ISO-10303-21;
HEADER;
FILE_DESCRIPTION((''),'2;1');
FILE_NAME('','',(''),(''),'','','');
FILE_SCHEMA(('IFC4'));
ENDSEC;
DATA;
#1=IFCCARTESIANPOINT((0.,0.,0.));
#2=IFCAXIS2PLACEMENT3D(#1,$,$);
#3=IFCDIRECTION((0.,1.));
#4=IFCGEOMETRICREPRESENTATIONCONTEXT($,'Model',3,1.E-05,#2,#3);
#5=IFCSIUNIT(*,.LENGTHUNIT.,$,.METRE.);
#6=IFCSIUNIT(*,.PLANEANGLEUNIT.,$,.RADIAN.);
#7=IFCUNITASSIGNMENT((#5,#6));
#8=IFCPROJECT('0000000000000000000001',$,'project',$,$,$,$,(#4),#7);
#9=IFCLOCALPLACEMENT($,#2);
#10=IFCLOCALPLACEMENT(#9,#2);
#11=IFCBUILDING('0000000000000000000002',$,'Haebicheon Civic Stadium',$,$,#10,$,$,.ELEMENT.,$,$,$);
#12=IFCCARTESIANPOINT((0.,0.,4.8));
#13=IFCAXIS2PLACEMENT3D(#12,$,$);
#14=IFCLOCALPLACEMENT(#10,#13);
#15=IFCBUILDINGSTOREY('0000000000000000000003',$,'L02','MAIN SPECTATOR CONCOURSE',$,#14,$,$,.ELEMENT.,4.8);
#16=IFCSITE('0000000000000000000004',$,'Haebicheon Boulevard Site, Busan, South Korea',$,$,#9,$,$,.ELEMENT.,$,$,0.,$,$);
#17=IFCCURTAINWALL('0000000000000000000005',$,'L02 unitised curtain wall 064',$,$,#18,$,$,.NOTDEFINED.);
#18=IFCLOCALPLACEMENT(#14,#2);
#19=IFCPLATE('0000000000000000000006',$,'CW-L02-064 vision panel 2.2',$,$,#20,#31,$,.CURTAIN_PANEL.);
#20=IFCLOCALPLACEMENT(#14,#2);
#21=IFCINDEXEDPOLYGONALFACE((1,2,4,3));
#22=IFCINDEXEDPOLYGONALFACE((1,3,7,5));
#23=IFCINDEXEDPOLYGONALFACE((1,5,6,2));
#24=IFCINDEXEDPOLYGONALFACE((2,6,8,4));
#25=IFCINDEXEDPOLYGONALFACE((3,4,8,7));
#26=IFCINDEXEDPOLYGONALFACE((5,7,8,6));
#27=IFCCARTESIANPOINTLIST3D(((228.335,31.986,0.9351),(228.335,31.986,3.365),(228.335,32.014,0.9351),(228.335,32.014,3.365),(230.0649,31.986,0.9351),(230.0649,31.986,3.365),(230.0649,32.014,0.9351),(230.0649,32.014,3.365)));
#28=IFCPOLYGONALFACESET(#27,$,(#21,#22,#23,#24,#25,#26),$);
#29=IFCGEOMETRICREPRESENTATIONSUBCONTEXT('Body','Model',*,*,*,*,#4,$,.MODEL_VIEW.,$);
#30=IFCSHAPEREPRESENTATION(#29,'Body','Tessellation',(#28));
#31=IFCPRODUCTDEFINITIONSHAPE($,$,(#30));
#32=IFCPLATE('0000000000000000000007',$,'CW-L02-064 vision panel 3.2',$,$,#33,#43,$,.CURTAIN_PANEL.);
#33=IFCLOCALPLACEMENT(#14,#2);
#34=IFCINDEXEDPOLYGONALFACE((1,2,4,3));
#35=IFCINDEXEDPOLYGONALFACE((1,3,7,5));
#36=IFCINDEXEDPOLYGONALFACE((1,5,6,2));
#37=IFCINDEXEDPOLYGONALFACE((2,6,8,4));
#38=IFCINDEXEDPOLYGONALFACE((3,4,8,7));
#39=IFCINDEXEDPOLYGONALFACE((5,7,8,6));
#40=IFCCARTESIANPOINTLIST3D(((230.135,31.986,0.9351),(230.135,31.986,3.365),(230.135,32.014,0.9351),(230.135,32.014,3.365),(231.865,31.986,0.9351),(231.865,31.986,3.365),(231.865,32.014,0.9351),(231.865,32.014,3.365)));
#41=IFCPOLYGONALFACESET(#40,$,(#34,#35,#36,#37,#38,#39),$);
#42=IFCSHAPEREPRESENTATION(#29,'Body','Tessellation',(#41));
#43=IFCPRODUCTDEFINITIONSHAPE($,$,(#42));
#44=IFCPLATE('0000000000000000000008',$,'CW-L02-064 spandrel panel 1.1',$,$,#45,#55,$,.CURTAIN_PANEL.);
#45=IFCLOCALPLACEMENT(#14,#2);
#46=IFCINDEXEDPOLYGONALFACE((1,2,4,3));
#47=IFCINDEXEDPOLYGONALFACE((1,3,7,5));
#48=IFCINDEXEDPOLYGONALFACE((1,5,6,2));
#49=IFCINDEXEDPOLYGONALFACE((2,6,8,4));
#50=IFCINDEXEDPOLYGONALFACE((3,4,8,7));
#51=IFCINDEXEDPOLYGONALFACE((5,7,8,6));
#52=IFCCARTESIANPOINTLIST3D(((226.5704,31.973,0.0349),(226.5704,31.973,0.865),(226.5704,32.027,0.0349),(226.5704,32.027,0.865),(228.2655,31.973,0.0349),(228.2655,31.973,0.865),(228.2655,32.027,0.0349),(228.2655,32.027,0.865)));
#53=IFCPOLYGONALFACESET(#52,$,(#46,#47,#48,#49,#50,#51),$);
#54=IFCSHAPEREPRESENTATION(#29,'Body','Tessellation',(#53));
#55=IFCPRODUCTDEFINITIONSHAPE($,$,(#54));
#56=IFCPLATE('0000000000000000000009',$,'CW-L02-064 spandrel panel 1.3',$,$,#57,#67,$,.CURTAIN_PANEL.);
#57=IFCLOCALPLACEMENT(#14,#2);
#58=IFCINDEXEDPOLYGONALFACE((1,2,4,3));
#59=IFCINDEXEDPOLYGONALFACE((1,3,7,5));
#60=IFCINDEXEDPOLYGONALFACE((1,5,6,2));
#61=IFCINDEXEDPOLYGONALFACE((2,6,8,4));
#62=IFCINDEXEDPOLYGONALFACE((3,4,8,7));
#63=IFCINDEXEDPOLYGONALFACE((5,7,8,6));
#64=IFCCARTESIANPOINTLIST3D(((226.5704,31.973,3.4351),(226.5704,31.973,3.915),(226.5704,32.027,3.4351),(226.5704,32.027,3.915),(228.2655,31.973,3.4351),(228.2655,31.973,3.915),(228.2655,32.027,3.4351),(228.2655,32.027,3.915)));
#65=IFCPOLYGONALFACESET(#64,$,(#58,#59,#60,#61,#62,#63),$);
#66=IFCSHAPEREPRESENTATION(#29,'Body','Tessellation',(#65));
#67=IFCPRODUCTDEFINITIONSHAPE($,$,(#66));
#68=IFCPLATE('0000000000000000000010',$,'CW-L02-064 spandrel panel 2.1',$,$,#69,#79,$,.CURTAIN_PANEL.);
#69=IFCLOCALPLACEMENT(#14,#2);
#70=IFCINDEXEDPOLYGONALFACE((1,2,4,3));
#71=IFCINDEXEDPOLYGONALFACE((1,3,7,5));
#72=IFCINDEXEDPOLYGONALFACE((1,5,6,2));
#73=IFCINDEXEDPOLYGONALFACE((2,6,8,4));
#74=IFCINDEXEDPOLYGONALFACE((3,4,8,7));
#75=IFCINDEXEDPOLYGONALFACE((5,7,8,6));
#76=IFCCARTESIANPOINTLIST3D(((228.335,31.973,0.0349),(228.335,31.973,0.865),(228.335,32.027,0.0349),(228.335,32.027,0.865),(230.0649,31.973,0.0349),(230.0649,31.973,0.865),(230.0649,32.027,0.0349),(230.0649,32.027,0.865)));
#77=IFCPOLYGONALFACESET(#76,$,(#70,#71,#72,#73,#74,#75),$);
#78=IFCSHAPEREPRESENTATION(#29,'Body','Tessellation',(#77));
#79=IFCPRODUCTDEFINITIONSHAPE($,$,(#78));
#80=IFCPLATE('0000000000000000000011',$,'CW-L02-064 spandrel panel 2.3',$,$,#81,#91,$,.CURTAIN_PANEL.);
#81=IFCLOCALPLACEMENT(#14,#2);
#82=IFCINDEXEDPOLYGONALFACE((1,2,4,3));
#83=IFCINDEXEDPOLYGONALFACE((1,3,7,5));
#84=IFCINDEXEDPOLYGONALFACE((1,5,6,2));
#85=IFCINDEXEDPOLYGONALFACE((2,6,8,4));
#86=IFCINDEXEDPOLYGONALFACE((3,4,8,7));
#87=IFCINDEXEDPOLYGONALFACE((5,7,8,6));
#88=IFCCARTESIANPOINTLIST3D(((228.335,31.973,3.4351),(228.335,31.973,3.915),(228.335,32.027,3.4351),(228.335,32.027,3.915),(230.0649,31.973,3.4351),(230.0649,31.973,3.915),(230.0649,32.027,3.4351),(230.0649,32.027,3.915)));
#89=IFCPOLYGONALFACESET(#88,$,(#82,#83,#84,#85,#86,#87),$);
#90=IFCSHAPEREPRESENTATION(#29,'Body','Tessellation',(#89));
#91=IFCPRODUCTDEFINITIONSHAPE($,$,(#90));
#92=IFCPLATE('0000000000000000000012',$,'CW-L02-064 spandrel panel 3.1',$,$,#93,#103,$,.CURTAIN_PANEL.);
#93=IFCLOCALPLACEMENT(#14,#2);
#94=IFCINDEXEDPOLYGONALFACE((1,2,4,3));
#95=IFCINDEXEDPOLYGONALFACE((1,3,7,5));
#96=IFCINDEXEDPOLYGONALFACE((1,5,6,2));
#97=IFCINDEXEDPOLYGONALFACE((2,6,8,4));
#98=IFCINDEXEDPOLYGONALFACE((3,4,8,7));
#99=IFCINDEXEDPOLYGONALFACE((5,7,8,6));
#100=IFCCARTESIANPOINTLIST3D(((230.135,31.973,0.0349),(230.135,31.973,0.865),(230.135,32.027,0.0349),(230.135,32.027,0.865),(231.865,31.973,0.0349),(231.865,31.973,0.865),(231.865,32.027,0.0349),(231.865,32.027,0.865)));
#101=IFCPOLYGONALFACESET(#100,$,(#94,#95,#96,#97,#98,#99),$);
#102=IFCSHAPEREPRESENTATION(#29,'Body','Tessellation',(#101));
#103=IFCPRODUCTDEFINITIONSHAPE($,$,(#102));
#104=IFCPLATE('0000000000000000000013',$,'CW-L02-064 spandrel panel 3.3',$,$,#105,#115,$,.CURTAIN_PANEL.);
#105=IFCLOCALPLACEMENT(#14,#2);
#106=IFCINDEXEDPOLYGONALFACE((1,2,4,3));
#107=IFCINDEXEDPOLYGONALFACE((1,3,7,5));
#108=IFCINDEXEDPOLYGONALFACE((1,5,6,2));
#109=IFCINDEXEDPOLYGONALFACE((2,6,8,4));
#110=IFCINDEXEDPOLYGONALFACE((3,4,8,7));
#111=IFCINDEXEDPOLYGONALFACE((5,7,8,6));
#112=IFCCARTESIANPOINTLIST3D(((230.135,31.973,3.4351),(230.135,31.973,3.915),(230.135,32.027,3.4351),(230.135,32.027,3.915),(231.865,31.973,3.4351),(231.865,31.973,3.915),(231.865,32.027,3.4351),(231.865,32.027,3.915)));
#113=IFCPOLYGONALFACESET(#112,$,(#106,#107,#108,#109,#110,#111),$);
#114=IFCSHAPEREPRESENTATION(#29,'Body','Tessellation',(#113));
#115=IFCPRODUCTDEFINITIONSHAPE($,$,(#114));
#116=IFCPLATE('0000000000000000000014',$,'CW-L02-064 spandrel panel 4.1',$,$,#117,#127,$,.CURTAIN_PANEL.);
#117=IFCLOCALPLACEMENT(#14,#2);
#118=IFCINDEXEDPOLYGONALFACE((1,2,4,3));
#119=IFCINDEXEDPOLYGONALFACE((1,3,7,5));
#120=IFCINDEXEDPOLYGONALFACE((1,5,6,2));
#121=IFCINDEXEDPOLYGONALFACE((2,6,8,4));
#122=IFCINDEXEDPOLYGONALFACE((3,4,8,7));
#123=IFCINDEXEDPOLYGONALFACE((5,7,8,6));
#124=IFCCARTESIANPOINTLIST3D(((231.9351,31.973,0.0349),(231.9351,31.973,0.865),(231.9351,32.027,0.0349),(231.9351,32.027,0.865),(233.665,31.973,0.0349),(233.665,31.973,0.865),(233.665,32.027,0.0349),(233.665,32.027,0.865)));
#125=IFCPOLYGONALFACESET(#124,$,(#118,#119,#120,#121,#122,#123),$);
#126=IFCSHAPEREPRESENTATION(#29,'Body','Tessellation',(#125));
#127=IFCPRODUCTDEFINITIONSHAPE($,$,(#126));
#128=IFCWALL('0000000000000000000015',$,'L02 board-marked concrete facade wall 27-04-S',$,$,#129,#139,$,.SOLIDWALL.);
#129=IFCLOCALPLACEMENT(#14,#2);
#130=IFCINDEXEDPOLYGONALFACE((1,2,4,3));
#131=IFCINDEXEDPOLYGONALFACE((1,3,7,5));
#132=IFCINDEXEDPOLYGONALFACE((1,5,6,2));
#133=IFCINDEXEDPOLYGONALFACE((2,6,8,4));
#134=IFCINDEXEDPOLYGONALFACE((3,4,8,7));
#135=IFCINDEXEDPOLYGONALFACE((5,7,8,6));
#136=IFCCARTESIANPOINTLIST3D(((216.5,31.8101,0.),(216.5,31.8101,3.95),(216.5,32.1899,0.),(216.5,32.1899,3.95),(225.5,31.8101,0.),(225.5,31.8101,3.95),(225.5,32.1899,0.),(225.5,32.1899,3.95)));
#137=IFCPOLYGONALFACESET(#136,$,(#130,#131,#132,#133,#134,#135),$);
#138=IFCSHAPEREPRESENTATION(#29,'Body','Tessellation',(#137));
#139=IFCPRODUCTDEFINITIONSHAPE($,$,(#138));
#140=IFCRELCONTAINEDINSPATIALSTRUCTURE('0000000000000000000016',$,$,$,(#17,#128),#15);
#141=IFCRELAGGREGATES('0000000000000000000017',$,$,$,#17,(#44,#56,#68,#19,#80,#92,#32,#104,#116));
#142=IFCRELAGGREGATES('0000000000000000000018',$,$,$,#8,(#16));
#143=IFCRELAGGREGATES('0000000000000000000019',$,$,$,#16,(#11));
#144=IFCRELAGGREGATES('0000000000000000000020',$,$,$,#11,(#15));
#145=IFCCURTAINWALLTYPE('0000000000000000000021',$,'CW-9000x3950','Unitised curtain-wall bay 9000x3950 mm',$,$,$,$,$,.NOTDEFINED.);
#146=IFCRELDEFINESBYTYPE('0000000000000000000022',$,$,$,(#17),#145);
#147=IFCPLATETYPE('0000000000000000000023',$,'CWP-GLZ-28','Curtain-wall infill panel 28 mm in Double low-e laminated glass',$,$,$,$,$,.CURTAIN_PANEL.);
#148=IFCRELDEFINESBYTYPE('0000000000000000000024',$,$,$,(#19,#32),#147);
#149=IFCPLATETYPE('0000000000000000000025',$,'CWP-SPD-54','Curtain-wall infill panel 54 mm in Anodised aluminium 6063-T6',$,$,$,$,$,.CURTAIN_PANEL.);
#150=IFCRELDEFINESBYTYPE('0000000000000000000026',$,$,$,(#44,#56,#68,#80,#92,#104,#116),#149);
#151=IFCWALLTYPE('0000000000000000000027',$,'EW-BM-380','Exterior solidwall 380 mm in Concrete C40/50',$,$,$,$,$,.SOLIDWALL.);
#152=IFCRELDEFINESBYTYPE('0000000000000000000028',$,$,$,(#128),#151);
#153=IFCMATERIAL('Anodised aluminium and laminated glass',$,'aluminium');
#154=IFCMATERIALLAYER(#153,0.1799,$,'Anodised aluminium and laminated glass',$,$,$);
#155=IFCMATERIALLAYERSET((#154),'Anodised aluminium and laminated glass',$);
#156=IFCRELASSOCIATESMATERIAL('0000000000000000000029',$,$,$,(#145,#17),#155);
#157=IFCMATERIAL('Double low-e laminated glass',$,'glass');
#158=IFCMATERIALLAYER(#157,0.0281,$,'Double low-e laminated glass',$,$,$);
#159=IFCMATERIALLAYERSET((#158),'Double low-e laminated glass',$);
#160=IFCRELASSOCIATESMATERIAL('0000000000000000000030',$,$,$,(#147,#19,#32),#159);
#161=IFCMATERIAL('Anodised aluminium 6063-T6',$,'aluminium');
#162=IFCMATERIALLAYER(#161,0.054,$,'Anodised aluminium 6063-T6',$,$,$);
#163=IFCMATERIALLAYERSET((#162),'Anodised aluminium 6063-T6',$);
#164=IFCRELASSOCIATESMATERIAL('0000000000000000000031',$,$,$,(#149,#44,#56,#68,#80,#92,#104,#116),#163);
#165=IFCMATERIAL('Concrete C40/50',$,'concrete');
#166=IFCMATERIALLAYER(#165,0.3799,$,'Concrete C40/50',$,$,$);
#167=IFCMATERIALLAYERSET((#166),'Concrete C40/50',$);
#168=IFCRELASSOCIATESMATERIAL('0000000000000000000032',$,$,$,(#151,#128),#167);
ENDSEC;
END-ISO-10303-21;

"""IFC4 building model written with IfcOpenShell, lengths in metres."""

from ifc_helpers import new_model, si_unit, direction, frame, frame_2d, origin, origin_2d, place, context, subcontext, project, spatial, rectangle, extrude, material, layer, layer_set, type_object, element, aggregate, save


model = new_model("IFC4")

# Units and contexts
model_context = context("Model", 3, precision=1e-05, world=origin(), true_north=direction((0.0, 1.0)))
body_context = subcontext(model_context, "Body", "Model", "MODEL_VIEW")
ifc_project = project(units=[si_unit("LENGTHUNIT", "METRE"), si_unit("PLANEANGLEUNIT", "RADIAN")], contexts=[model_context])

# Site, building, storey
site_placement = place(None, origin())
site = spatial("IfcSite", under=ifc_project, at=site_placement, Name="Haebicheon Boulevard Site, Busan, South Korea", CompositionType="ELEMENT", RefElevation=0.0)
building_placement = place(site_placement, origin())
building = spatial("IfcBuilding", under=site, at=building_placement, Name="Haebicheon Civic Stadium", CompositionType="ELEMENT")
storey_placement = place(building_placement, frame((0.0, 0.0, 4.8)))
storey = spatial("IfcBuildingStorey", under=building, at=storey_placement, Name="L02", Description="MAIN SPECTATOR CONCOURSE", CompositionType="ELEMENT", Elevation=4.8)

# Curtain wall
ifc_material_1 = material(Name="Anodised aluminium and laminated glass", Category="aluminium")
ifc_layer_1 = layer(ifc_material_1, 0.1799, Name="Anodised aluminium and laminated glass")
ifc_layer_set_1 = layer_set([ifc_layer_1], Name="Anodised aluminium and laminated glass")
curtain_wall_type = type_object("IfcCurtainWallType", Name="CW-9000x3950", Description="Unitised curtain-wall bay 9000x3950 mm", PredefinedType="NOTDEFINED", material=ifc_layer_set_1)
curtain_wall_placement = place(storey_placement, origin())
curtain_wall = element("IfcCurtainWall", 1, at=curtain_wall_placement, inside=storey, type_object=curtain_wall_type, material=ifc_layer_set_1, Name="L02 unitised curtain wall 064", PredefinedType="NOTDEFINED")

# Plates
ifc_material_2 = material(Name="Double low-e laminated glass", Category="glass")
ifc_layer_2 = layer(ifc_material_2, 0.0281, Name="Double low-e laminated glass")
ifc_layer_set_2 = layer_set([ifc_layer_2], Name="Double low-e laminated glass")
plate_type_1 = type_object("IfcPlateType", Name="CWP-GLZ-28", Description="Curtain-wall infill panel 28 mm in Double low-e laminated glass", PredefinedType="CURTAIN_PANEL", material=ifc_layer_set_2)
plate_1_placement = place(storey_placement, frame((229.2, 32.0, 0.9351), z_axis=(0.0, 0.0, 1.0), x_axis=(1.0, 0.0, 0.0)))
plate_1 = element("IfcPlate", 2, at=plate_1_placement, type_object=plate_type_1, material=ifc_layer_set_2, Name="CW-L02-064 vision panel 2.2", PredefinedType="CURTAIN_PANEL", context=body_context, shape_type="SweptSolid", body=[
    extrude(rectangle(XDim=1.73, YDim=0.0281, at=origin_2d()), origin(), (0.0, 0.0, 1.0), 2.4299),
])
plate_2_placement = place(storey_placement, frame((231.0, 32.0, 0.9351), z_axis=(0.0, 0.0, 1.0), x_axis=(1.0, 0.0, 0.0)))
plate_2 = element("IfcPlate", 3, at=plate_2_placement, type_object=plate_type_1, material=ifc_layer_set_2, Name="CW-L02-064 vision panel 3.2", PredefinedType="CURTAIN_PANEL", context=body_context, shape_type="SweptSolid", body=[
    extrude(rectangle(XDim=1.73, YDim=0.0281, at=origin_2d()), origin(), (0.0, 0.0, 1.0), 2.4299),
])
ifc_material_3 = material(Name="Anodised aluminium 6063-T6", Category="aluminium")
ifc_layer_3 = layer(ifc_material_3, 0.054, Name="Anodised aluminium 6063-T6")
ifc_layer_set_3 = layer_set([ifc_layer_3], Name="Anodised aluminium 6063-T6")
plate_type_2 = type_object("IfcPlateType", Name="CWP-SPD-54", Description="Curtain-wall infill panel 54 mm in Anodised aluminium 6063-T6", PredefinedType="CURTAIN_PANEL", material=ifc_layer_set_3)
plate_3_placement = place(storey_placement, frame((227.418, 32.0, 0.0349), z_axis=(0.0, 0.0, 1.0), x_axis=(1.0, 0.0, 0.0)))
plate_3 = element("IfcPlate", 4, at=plate_3_placement, type_object=plate_type_2, material=ifc_layer_set_3, Name="CW-L02-064 spandrel panel 1.1", PredefinedType="CURTAIN_PANEL", context=body_context, shape_type="SweptSolid", body=[
    extrude(rectangle(XDim=1.6951, YDim=0.054, at=origin_2d()), origin(), (0.0, 0.0, 1.0), 0.8301),
])
plate_4_placement = place(storey_placement, frame((227.418, 32.0, 3.4351), z_axis=(0.0, 0.0, 1.0), x_axis=(1.0, 0.0, 0.0)))
plate_4 = element("IfcPlate", 5, at=plate_4_placement, type_object=plate_type_2, material=ifc_layer_set_3, Name="CW-L02-064 spandrel panel 1.3", PredefinedType="CURTAIN_PANEL", context=body_context, shape_type="SweptSolid", body=[
    extrude(rectangle(XDim=1.6951, YDim=0.054, at=origin_2d()), origin(), (0.0, 0.0, 1.0), 0.48),
])
plate_5_placement = place(storey_placement, frame((229.2, 32.0, 0.0349), z_axis=(0.0, 0.0, 1.0), x_axis=(1.0, 0.0, 0.0)))
plate_5 = element("IfcPlate", 6, at=plate_5_placement, type_object=plate_type_2, material=ifc_layer_set_3, Name="CW-L02-064 spandrel panel 2.1", PredefinedType="CURTAIN_PANEL", context=body_context, shape_type="SweptSolid", body=[
    extrude(rectangle(XDim=1.73, YDim=0.054, at=origin_2d()), origin(), (0.0, 0.0, 1.0), 0.8301),
])
plate_6_placement = place(storey_placement, frame((229.2, 32.0, 3.4351), z_axis=(0.0, 0.0, 1.0), x_axis=(1.0, 0.0, 0.0)))
plate_6 = element("IfcPlate", 7, at=plate_6_placement, type_object=plate_type_2, material=ifc_layer_set_3, Name="CW-L02-064 spandrel panel 2.3", PredefinedType="CURTAIN_PANEL", context=body_context, shape_type="SweptSolid", body=[
    extrude(rectangle(XDim=1.73, YDim=0.054, at=origin_2d()), origin(), (0.0, 0.0, 1.0), 0.48),
])
plate_7_placement = place(storey_placement, frame((231.0, 32.0, 0.0349), z_axis=(0.0, 0.0, 1.0), x_axis=(1.0, 0.0, 0.0)))
plate_7 = element("IfcPlate", 8, at=plate_7_placement, type_object=plate_type_2, material=ifc_layer_set_3, Name="CW-L02-064 spandrel panel 3.1", PredefinedType="CURTAIN_PANEL", context=body_context, shape_type="SweptSolid", body=[
    extrude(rectangle(XDim=1.73, YDim=0.054, at=origin_2d()), origin(), (0.0, 0.0, 1.0), 0.8301),
])
plate_8_placement = place(storey_placement, frame((231.0, 32.0, 3.4351), z_axis=(0.0, 0.0, 1.0), x_axis=(1.0, 0.0, 0.0)))
plate_8 = element("IfcPlate", 9, at=plate_8_placement, type_object=plate_type_2, material=ifc_layer_set_3, Name="CW-L02-064 spandrel panel 3.3", PredefinedType="CURTAIN_PANEL", context=body_context, shape_type="SweptSolid", body=[
    extrude(rectangle(XDim=1.73, YDim=0.054, at=origin_2d()), origin(), (0.0, 0.0, 1.0), 0.48),
])
plate_9_placement = place(storey_placement, frame((232.8, 32.0, 0.0349), z_axis=(0.0, 0.0, 1.0), x_axis=(1.0, 0.0, 0.0)))
plate_9 = element("IfcPlate", 10, at=plate_9_placement, type_object=plate_type_2, material=ifc_layer_set_3, Name="CW-L02-064 spandrel panel 4.1", PredefinedType="CURTAIN_PANEL", context=body_context, shape_type="SweptSolid", body=[
    extrude(rectangle(XDim=1.73, YDim=0.054, at=origin_2d()), origin(), (0.0, 0.0, 1.0), 0.8301),
])
aggregate(curtain_wall, [plate_3, plate_4, plate_5, plate_1, plate_6, plate_7, plate_2, plate_8, plate_9])

# Wall
ifc_material_4 = material(Name="Concrete C40/50", Category="concrete")
ifc_layer_4 = layer(ifc_material_4, 0.3799, Name="Concrete C40/50")
ifc_layer_set_4 = layer_set([ifc_layer_4], Name="Concrete C40/50")
wall_type = type_object("IfcWallType", Name="EW-BM-380", Description="Exterior solidwall 380 mm in Concrete C40/50", PredefinedType="SOLIDWALL", material=ifc_layer_set_4)
wall_placement = place(storey_placement, frame((216.5, 32.0, 0.0), z_axis=(0.0, 0.0, 1.0), x_axis=(1.0, 0.0, 0.0)))
element("IfcWall", 11, at=wall_placement, inside=storey, type_object=wall_type, material=ifc_layer_set_4, Name="L02 board-marked concrete facade wall 27-04-S", PredefinedType="SOLIDWALL", context=body_context, shape_type="SweptSolid", body=[
    extrude(rectangle(XDim=9.0, YDim=0.3799, at=frame_2d((4.5, 0.0))), origin(), (0.0, 0.0, 1.0), 3.95),
])

save(model, "model.ifc")
